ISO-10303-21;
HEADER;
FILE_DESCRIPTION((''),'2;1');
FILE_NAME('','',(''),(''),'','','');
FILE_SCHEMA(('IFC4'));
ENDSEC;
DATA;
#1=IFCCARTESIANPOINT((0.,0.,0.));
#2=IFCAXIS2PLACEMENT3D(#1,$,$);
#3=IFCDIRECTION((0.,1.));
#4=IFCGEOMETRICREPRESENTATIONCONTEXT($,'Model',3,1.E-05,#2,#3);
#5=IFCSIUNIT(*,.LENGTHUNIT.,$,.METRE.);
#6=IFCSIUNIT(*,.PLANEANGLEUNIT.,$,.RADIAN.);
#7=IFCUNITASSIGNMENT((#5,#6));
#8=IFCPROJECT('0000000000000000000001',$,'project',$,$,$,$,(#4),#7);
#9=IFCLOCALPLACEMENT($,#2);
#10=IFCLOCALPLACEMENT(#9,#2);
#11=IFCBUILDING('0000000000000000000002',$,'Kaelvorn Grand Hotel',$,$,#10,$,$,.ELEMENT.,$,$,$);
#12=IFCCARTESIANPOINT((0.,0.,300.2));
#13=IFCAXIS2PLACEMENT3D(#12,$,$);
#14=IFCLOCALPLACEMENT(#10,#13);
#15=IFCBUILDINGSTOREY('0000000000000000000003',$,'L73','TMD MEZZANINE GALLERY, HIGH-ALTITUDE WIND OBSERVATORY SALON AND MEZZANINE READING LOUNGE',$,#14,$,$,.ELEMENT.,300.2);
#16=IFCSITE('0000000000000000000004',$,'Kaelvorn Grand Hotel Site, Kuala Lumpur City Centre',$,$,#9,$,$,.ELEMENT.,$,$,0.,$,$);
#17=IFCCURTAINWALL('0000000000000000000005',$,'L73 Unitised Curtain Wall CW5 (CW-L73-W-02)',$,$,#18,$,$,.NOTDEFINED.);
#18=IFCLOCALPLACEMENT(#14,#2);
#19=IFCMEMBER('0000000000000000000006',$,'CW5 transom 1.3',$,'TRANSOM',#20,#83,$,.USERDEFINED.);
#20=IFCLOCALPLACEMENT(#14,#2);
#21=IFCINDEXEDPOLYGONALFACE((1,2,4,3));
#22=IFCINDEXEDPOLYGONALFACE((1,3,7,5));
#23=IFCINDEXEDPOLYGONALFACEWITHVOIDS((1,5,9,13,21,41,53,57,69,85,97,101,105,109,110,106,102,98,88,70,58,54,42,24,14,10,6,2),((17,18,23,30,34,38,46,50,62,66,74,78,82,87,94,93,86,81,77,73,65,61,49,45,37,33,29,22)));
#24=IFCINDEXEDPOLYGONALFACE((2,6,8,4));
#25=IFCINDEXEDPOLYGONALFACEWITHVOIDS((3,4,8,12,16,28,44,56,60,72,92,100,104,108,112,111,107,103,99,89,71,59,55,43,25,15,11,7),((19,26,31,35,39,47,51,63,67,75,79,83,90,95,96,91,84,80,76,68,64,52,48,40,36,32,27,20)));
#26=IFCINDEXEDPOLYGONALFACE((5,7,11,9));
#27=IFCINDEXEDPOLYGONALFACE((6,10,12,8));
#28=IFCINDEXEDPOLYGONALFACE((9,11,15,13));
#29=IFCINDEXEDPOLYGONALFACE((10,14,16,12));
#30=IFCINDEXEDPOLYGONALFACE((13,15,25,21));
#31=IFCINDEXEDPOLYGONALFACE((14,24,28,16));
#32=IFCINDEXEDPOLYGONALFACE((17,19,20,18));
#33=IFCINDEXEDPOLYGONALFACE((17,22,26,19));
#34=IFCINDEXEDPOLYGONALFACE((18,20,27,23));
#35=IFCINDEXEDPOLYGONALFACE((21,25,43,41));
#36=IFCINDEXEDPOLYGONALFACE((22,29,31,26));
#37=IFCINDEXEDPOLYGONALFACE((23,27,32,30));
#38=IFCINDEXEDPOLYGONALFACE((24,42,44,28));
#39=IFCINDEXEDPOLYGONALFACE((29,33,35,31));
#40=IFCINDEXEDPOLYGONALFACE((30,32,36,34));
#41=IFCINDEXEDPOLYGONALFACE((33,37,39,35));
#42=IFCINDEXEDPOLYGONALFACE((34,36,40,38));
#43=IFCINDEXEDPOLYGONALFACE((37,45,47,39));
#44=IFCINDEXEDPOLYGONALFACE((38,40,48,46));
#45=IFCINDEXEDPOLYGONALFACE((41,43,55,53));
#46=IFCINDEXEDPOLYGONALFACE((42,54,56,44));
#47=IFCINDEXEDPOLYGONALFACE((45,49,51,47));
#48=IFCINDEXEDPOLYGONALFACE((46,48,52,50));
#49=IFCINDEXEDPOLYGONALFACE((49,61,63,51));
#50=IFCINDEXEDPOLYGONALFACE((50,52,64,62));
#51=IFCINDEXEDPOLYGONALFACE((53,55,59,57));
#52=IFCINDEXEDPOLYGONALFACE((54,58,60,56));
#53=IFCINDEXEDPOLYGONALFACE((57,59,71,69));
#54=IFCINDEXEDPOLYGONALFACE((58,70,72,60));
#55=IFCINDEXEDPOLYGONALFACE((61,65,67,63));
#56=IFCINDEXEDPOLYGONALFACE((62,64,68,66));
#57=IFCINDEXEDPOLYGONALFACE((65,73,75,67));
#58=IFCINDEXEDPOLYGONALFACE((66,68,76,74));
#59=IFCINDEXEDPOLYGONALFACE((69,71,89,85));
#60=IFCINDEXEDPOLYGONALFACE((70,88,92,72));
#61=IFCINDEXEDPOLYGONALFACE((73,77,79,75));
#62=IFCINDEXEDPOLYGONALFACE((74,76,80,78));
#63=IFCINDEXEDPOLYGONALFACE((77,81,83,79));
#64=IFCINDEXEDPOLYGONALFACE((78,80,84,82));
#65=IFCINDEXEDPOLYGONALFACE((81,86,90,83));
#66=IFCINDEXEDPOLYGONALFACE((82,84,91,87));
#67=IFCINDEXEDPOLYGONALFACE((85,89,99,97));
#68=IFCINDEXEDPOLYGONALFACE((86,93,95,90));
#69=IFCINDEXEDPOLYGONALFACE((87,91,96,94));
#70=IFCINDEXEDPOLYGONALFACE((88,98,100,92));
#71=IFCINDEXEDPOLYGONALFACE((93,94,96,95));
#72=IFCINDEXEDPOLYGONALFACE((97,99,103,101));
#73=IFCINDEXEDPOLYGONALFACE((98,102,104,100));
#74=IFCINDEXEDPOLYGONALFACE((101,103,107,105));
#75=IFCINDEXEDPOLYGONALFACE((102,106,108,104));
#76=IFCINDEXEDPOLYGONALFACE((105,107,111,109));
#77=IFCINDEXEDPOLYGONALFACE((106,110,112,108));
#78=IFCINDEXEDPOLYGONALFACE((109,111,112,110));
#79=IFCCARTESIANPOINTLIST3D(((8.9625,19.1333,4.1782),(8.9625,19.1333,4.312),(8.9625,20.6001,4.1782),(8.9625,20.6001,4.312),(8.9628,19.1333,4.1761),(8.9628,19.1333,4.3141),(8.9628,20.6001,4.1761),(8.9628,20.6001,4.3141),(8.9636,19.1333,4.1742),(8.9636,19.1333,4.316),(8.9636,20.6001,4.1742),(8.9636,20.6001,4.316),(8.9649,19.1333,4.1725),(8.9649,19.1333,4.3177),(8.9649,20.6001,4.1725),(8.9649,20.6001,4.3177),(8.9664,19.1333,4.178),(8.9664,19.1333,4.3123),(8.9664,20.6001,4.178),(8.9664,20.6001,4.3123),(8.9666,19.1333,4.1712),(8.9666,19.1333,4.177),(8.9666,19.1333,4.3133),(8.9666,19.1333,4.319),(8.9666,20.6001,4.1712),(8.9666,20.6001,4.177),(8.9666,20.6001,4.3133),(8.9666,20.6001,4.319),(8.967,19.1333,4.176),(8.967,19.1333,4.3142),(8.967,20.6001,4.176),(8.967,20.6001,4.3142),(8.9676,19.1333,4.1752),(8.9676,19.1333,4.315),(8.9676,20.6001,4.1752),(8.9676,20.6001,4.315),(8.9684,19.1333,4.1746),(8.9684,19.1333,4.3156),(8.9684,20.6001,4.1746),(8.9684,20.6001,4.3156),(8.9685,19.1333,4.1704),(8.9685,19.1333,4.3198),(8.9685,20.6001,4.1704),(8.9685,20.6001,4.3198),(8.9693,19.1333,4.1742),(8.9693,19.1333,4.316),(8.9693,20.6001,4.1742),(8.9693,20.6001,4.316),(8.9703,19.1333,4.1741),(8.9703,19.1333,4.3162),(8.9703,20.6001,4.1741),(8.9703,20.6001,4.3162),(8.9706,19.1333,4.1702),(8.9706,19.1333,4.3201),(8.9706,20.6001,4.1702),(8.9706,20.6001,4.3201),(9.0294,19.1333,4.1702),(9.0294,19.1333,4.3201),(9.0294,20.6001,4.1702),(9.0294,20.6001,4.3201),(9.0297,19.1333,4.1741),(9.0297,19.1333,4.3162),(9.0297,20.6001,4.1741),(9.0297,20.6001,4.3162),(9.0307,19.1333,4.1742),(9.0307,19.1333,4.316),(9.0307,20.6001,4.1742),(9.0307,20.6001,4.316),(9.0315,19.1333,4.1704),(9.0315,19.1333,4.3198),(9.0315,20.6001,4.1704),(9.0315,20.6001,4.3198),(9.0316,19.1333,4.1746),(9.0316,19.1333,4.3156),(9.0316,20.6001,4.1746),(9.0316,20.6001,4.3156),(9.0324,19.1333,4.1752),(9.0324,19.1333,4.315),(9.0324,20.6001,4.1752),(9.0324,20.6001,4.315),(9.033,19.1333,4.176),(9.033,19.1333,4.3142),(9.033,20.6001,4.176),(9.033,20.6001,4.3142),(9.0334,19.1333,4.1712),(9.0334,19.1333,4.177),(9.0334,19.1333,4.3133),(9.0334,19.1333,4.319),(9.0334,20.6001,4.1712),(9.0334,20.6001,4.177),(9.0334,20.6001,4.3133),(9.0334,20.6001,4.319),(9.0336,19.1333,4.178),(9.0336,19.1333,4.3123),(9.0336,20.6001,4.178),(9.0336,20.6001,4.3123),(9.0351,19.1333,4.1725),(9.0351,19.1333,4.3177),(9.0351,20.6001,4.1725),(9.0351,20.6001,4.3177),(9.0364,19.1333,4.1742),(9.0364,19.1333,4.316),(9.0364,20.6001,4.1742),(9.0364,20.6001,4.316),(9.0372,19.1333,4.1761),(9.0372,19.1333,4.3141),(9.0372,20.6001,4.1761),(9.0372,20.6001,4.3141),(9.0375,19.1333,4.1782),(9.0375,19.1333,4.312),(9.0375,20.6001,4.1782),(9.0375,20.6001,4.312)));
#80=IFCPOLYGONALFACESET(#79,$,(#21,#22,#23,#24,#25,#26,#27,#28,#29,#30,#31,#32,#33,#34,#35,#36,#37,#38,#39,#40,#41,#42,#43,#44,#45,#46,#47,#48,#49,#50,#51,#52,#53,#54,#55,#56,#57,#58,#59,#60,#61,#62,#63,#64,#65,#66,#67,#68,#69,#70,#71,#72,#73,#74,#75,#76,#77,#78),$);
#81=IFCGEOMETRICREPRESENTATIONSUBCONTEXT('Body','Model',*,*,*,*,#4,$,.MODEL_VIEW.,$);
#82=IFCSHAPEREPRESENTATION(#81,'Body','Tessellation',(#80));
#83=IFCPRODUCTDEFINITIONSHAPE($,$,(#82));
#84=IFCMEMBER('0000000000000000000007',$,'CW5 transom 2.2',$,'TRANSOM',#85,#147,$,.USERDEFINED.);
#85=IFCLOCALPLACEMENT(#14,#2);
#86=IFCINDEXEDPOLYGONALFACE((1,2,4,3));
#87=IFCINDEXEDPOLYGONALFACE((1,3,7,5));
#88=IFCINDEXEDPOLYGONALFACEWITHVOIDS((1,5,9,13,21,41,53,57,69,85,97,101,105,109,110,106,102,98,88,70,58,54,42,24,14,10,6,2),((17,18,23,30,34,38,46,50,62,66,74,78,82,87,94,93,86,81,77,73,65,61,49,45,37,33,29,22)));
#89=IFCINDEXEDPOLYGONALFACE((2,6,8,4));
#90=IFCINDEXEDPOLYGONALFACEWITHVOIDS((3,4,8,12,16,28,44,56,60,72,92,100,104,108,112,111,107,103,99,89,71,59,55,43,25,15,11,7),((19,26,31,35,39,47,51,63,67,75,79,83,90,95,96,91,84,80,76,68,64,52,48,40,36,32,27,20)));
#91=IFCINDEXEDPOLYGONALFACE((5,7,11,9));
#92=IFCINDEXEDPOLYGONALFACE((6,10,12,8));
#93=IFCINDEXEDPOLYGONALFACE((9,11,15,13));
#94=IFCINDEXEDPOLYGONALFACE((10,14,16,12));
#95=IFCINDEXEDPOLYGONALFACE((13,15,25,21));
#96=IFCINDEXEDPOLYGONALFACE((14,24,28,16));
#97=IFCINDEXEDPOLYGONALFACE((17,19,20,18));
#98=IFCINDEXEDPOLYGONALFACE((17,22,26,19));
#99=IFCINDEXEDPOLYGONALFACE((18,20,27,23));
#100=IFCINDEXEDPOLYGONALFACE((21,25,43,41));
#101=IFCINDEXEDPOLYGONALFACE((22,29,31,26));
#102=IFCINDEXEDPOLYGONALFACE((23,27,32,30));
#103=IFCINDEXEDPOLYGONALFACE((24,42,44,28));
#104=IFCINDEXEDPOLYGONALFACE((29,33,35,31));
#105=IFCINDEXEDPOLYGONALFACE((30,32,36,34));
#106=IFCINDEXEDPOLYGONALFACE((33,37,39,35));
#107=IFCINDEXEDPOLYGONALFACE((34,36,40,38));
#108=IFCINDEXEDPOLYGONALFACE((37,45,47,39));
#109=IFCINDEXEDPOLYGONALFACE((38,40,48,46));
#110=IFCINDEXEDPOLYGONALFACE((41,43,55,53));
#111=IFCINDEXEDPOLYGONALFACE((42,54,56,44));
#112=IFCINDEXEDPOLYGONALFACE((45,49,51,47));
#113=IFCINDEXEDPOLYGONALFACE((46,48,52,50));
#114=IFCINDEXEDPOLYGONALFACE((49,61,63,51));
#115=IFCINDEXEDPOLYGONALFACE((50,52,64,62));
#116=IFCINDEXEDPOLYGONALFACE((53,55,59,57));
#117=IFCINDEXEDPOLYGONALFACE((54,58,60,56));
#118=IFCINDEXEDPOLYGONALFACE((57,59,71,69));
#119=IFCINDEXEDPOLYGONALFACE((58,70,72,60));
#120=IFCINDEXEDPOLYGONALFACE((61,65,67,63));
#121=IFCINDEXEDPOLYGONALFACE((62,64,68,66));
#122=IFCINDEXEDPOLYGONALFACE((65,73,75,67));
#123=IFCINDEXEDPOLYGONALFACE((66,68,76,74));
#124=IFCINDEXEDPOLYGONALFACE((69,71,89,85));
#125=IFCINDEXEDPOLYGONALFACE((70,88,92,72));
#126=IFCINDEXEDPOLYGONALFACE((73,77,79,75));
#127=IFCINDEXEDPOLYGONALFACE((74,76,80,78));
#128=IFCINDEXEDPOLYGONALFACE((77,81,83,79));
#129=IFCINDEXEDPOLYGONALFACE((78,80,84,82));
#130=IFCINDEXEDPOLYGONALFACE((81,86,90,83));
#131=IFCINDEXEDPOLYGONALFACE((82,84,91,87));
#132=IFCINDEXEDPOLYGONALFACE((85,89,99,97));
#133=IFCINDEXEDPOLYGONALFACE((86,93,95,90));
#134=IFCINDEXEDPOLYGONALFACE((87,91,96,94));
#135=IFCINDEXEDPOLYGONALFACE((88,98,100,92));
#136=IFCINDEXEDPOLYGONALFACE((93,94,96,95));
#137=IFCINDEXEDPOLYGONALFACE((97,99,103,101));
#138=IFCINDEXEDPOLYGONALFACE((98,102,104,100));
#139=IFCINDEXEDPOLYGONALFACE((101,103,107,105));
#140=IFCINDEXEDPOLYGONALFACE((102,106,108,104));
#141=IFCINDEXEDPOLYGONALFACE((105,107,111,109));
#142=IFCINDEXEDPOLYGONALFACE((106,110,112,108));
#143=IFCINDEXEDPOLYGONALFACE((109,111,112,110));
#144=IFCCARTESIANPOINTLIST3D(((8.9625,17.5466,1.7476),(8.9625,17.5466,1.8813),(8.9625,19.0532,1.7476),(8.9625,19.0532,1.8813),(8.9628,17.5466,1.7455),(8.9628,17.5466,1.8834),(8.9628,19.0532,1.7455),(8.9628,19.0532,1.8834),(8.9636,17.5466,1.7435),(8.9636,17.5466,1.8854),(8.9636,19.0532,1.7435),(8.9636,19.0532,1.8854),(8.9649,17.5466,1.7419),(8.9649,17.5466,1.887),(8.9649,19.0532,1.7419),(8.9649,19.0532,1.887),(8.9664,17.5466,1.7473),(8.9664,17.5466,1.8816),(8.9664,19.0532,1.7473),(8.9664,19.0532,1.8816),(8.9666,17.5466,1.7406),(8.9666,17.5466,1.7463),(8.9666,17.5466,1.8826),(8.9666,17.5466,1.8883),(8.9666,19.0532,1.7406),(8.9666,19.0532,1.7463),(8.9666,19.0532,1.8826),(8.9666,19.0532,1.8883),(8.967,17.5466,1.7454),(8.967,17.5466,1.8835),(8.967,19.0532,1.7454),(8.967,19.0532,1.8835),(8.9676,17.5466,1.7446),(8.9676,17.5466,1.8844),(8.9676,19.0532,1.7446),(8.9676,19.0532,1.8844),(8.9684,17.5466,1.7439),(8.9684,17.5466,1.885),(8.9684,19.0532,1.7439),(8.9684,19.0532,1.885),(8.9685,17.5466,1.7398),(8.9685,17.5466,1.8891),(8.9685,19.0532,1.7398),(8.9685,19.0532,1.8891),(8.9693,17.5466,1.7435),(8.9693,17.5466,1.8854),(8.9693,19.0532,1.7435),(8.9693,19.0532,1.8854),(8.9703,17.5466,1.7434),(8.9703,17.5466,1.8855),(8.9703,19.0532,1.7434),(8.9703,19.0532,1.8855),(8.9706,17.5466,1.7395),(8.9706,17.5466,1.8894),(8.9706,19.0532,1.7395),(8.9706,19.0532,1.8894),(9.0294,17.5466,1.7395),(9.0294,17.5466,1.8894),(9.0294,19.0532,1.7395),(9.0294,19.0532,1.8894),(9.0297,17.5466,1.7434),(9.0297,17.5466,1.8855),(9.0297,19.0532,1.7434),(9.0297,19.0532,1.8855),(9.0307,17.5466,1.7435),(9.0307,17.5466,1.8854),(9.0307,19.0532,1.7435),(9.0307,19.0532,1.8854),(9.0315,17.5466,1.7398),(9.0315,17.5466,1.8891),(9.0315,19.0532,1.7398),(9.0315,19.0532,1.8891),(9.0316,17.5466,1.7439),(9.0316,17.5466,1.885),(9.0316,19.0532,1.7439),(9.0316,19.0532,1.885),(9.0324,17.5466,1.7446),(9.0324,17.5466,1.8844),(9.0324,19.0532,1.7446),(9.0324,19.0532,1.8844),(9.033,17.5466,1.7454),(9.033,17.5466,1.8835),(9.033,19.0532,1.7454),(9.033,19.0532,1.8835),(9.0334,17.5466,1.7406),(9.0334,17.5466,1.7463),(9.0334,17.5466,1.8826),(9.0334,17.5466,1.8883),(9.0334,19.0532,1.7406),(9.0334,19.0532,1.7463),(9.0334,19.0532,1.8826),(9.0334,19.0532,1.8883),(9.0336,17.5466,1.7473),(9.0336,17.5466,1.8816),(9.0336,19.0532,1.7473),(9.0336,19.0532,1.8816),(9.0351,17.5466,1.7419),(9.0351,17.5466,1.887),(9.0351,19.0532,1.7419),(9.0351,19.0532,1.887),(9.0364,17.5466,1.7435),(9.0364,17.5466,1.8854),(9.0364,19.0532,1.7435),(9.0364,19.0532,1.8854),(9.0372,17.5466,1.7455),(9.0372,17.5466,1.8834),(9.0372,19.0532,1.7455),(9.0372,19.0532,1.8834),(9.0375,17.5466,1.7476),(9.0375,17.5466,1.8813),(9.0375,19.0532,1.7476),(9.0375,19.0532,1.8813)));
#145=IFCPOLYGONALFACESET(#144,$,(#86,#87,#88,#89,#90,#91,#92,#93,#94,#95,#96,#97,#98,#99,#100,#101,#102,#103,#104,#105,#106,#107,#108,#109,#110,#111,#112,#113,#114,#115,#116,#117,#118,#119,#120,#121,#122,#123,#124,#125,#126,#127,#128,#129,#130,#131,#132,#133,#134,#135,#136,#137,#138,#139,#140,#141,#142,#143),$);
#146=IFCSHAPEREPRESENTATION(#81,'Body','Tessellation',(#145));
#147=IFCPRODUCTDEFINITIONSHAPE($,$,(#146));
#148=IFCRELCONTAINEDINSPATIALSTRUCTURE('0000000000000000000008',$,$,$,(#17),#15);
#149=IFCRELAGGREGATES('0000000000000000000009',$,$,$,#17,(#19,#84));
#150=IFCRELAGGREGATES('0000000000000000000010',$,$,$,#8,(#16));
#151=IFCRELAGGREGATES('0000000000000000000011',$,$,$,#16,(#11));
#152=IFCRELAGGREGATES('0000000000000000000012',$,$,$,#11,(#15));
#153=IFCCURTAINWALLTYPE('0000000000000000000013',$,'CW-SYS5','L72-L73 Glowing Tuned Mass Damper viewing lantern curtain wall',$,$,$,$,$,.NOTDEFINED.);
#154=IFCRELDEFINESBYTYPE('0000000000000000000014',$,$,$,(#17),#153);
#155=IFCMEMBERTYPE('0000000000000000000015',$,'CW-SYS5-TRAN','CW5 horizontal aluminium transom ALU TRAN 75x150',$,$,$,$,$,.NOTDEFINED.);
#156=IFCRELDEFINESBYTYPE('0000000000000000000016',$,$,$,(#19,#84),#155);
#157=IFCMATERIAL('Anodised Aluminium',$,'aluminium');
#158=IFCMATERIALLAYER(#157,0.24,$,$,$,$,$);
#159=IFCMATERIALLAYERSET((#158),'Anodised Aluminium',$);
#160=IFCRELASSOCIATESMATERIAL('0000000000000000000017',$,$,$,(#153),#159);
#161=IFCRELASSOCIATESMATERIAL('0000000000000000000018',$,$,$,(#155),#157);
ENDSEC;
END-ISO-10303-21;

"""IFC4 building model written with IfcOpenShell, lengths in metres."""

from ifc_helpers import new_model, si_unit, direction, frame, origin, origin_2d, place, context, subcontext, project, spatial, hollow_rectangle, extrude, material, layer, layer_set, material_profile, profile_set, type_object, element, aggregate, save


model = new_model("IFC4")

# Units and contexts
model_context = context("Model", 3, precision=1e-05, world=origin(), true_north=direction((0.0, 1.0)))
body_context = subcontext(model_context, "Body", "Model", "MODEL_VIEW")
ifc_project = project(units=[si_unit("LENGTHUNIT", "METRE"), si_unit("PLANEANGLEUNIT", "RADIAN")], contexts=[model_context])

# Site, building, storey
site_placement = place(None, origin())
site = spatial("IfcSite", under=ifc_project, at=site_placement, Name="Kaelvorn Grand Hotel Site, Kuala Lumpur City Centre", CompositionType="ELEMENT", RefElevation=0.0)
building_placement = place(site_placement, origin())
building = spatial("IfcBuilding", under=site, at=building_placement, Name="Kaelvorn Grand Hotel", CompositionType="ELEMENT")
storey_placement = place(building_placement, frame((0.0, 0.0, 300.2)))
storey = spatial("IfcBuildingStorey", under=building, at=storey_placement, Name="L73", Description="TMD MEZZANINE GALLERY, HIGH-ALTITUDE WIND OBSERVATORY SALON AND MEZZANINE READING LOUNGE", CompositionType="ELEMENT", Elevation=300.2)

# Curtain wall
ifc_material_1 = material(Name="Anodised Aluminium", Category="aluminium")
ifc_layer_1 = layer(ifc_material_1, 0.24)
ifc_layer_set_1 = layer_set([ifc_layer_1], Name="Anodised Aluminium")
curtain_wall_type = type_object("IfcCurtainWallType", Name="CW-SYS5", Description="L72-L73 Glowing Tuned Mass Damper viewing lantern curtain wall", PredefinedType="NOTDEFINED", material=ifc_layer_set_1)
curtain_wall_1_placement = place(storey_placement, origin())
curtain_wall_1 = element("IfcCurtainWall", 1, at=curtain_wall_1_placement, inside=storey, type_object=curtain_wall_type, Name="L73 Unitised Curtain Wall CW5 (CW-L73-W-02)", PredefinedType="NOTDEFINED")

# Members
ifc_material_profile_1 = material_profile(ifc_material_1, hollow_rectangle(XDim=0.075, YDim=0.1499, WallThickness=0.0039, InnerFilletRadius=0.0039, OuterFilletRadius=0.0081, at=origin_2d()), Name="ALU TRAN 75x150")
ifc_profile_set_1 = profile_set([ifc_material_profile_1], Name="Anodised Aluminium")
member_type_1 = type_object("IfcMemberType", Name="CW-SYS5-TRAN", Description="CW5 horizontal aluminium transom ALU TRAN 75x150", PredefinedType="NOTDEFINED", material=ifc_profile_set_1)
member_1_placement = place(storey_placement, frame((9.0, 20.6001, 4.2451), z_axis=(0.0, -1.0, 0.0), x_axis=(1.0, 0.0, 0.0)))
member_1 = element("IfcMember", 2, at=member_1_placement, type_object=member_type_1, Name="CW5 transom 1.3", ObjectType="TRANSOM", PredefinedType="USERDEFINED", context=body_context, shape_type="SweptSolid", body=[
    extrude(hollow_rectangle(XDim=0.075, YDim=0.1499, WallThickness=0.0039, InnerFilletRadius=0.0039, OuterFilletRadius=0.0081, at=origin_2d()), origin(), (0.0, 0.0, 1.0), 1.4668),
])
member_2_placement = place(storey_placement, frame((9.0, 19.0532, 1.8145), z_axis=(0.0, -1.0, 0.0), x_axis=(1.0, 0.0, 0.0)))
member_2 = element("IfcMember", 3, at=member_2_placement, type_object=member_type_1, Name="CW5 transom 2.2", ObjectType="TRANSOM", PredefinedType="USERDEFINED", context=body_context, shape_type="SweptSolid", body=[
    extrude(hollow_rectangle(XDim=0.075, YDim=0.1499, WallThickness=0.0039, InnerFilletRadius=0.0039, OuterFilletRadius=0.0081, at=origin_2d()), origin(), (0.0, 0.0, 1.0), 1.5066),
])

aggregate(curtain_wall_1, [member_1, member_2])

save(model, "model.ifc")
